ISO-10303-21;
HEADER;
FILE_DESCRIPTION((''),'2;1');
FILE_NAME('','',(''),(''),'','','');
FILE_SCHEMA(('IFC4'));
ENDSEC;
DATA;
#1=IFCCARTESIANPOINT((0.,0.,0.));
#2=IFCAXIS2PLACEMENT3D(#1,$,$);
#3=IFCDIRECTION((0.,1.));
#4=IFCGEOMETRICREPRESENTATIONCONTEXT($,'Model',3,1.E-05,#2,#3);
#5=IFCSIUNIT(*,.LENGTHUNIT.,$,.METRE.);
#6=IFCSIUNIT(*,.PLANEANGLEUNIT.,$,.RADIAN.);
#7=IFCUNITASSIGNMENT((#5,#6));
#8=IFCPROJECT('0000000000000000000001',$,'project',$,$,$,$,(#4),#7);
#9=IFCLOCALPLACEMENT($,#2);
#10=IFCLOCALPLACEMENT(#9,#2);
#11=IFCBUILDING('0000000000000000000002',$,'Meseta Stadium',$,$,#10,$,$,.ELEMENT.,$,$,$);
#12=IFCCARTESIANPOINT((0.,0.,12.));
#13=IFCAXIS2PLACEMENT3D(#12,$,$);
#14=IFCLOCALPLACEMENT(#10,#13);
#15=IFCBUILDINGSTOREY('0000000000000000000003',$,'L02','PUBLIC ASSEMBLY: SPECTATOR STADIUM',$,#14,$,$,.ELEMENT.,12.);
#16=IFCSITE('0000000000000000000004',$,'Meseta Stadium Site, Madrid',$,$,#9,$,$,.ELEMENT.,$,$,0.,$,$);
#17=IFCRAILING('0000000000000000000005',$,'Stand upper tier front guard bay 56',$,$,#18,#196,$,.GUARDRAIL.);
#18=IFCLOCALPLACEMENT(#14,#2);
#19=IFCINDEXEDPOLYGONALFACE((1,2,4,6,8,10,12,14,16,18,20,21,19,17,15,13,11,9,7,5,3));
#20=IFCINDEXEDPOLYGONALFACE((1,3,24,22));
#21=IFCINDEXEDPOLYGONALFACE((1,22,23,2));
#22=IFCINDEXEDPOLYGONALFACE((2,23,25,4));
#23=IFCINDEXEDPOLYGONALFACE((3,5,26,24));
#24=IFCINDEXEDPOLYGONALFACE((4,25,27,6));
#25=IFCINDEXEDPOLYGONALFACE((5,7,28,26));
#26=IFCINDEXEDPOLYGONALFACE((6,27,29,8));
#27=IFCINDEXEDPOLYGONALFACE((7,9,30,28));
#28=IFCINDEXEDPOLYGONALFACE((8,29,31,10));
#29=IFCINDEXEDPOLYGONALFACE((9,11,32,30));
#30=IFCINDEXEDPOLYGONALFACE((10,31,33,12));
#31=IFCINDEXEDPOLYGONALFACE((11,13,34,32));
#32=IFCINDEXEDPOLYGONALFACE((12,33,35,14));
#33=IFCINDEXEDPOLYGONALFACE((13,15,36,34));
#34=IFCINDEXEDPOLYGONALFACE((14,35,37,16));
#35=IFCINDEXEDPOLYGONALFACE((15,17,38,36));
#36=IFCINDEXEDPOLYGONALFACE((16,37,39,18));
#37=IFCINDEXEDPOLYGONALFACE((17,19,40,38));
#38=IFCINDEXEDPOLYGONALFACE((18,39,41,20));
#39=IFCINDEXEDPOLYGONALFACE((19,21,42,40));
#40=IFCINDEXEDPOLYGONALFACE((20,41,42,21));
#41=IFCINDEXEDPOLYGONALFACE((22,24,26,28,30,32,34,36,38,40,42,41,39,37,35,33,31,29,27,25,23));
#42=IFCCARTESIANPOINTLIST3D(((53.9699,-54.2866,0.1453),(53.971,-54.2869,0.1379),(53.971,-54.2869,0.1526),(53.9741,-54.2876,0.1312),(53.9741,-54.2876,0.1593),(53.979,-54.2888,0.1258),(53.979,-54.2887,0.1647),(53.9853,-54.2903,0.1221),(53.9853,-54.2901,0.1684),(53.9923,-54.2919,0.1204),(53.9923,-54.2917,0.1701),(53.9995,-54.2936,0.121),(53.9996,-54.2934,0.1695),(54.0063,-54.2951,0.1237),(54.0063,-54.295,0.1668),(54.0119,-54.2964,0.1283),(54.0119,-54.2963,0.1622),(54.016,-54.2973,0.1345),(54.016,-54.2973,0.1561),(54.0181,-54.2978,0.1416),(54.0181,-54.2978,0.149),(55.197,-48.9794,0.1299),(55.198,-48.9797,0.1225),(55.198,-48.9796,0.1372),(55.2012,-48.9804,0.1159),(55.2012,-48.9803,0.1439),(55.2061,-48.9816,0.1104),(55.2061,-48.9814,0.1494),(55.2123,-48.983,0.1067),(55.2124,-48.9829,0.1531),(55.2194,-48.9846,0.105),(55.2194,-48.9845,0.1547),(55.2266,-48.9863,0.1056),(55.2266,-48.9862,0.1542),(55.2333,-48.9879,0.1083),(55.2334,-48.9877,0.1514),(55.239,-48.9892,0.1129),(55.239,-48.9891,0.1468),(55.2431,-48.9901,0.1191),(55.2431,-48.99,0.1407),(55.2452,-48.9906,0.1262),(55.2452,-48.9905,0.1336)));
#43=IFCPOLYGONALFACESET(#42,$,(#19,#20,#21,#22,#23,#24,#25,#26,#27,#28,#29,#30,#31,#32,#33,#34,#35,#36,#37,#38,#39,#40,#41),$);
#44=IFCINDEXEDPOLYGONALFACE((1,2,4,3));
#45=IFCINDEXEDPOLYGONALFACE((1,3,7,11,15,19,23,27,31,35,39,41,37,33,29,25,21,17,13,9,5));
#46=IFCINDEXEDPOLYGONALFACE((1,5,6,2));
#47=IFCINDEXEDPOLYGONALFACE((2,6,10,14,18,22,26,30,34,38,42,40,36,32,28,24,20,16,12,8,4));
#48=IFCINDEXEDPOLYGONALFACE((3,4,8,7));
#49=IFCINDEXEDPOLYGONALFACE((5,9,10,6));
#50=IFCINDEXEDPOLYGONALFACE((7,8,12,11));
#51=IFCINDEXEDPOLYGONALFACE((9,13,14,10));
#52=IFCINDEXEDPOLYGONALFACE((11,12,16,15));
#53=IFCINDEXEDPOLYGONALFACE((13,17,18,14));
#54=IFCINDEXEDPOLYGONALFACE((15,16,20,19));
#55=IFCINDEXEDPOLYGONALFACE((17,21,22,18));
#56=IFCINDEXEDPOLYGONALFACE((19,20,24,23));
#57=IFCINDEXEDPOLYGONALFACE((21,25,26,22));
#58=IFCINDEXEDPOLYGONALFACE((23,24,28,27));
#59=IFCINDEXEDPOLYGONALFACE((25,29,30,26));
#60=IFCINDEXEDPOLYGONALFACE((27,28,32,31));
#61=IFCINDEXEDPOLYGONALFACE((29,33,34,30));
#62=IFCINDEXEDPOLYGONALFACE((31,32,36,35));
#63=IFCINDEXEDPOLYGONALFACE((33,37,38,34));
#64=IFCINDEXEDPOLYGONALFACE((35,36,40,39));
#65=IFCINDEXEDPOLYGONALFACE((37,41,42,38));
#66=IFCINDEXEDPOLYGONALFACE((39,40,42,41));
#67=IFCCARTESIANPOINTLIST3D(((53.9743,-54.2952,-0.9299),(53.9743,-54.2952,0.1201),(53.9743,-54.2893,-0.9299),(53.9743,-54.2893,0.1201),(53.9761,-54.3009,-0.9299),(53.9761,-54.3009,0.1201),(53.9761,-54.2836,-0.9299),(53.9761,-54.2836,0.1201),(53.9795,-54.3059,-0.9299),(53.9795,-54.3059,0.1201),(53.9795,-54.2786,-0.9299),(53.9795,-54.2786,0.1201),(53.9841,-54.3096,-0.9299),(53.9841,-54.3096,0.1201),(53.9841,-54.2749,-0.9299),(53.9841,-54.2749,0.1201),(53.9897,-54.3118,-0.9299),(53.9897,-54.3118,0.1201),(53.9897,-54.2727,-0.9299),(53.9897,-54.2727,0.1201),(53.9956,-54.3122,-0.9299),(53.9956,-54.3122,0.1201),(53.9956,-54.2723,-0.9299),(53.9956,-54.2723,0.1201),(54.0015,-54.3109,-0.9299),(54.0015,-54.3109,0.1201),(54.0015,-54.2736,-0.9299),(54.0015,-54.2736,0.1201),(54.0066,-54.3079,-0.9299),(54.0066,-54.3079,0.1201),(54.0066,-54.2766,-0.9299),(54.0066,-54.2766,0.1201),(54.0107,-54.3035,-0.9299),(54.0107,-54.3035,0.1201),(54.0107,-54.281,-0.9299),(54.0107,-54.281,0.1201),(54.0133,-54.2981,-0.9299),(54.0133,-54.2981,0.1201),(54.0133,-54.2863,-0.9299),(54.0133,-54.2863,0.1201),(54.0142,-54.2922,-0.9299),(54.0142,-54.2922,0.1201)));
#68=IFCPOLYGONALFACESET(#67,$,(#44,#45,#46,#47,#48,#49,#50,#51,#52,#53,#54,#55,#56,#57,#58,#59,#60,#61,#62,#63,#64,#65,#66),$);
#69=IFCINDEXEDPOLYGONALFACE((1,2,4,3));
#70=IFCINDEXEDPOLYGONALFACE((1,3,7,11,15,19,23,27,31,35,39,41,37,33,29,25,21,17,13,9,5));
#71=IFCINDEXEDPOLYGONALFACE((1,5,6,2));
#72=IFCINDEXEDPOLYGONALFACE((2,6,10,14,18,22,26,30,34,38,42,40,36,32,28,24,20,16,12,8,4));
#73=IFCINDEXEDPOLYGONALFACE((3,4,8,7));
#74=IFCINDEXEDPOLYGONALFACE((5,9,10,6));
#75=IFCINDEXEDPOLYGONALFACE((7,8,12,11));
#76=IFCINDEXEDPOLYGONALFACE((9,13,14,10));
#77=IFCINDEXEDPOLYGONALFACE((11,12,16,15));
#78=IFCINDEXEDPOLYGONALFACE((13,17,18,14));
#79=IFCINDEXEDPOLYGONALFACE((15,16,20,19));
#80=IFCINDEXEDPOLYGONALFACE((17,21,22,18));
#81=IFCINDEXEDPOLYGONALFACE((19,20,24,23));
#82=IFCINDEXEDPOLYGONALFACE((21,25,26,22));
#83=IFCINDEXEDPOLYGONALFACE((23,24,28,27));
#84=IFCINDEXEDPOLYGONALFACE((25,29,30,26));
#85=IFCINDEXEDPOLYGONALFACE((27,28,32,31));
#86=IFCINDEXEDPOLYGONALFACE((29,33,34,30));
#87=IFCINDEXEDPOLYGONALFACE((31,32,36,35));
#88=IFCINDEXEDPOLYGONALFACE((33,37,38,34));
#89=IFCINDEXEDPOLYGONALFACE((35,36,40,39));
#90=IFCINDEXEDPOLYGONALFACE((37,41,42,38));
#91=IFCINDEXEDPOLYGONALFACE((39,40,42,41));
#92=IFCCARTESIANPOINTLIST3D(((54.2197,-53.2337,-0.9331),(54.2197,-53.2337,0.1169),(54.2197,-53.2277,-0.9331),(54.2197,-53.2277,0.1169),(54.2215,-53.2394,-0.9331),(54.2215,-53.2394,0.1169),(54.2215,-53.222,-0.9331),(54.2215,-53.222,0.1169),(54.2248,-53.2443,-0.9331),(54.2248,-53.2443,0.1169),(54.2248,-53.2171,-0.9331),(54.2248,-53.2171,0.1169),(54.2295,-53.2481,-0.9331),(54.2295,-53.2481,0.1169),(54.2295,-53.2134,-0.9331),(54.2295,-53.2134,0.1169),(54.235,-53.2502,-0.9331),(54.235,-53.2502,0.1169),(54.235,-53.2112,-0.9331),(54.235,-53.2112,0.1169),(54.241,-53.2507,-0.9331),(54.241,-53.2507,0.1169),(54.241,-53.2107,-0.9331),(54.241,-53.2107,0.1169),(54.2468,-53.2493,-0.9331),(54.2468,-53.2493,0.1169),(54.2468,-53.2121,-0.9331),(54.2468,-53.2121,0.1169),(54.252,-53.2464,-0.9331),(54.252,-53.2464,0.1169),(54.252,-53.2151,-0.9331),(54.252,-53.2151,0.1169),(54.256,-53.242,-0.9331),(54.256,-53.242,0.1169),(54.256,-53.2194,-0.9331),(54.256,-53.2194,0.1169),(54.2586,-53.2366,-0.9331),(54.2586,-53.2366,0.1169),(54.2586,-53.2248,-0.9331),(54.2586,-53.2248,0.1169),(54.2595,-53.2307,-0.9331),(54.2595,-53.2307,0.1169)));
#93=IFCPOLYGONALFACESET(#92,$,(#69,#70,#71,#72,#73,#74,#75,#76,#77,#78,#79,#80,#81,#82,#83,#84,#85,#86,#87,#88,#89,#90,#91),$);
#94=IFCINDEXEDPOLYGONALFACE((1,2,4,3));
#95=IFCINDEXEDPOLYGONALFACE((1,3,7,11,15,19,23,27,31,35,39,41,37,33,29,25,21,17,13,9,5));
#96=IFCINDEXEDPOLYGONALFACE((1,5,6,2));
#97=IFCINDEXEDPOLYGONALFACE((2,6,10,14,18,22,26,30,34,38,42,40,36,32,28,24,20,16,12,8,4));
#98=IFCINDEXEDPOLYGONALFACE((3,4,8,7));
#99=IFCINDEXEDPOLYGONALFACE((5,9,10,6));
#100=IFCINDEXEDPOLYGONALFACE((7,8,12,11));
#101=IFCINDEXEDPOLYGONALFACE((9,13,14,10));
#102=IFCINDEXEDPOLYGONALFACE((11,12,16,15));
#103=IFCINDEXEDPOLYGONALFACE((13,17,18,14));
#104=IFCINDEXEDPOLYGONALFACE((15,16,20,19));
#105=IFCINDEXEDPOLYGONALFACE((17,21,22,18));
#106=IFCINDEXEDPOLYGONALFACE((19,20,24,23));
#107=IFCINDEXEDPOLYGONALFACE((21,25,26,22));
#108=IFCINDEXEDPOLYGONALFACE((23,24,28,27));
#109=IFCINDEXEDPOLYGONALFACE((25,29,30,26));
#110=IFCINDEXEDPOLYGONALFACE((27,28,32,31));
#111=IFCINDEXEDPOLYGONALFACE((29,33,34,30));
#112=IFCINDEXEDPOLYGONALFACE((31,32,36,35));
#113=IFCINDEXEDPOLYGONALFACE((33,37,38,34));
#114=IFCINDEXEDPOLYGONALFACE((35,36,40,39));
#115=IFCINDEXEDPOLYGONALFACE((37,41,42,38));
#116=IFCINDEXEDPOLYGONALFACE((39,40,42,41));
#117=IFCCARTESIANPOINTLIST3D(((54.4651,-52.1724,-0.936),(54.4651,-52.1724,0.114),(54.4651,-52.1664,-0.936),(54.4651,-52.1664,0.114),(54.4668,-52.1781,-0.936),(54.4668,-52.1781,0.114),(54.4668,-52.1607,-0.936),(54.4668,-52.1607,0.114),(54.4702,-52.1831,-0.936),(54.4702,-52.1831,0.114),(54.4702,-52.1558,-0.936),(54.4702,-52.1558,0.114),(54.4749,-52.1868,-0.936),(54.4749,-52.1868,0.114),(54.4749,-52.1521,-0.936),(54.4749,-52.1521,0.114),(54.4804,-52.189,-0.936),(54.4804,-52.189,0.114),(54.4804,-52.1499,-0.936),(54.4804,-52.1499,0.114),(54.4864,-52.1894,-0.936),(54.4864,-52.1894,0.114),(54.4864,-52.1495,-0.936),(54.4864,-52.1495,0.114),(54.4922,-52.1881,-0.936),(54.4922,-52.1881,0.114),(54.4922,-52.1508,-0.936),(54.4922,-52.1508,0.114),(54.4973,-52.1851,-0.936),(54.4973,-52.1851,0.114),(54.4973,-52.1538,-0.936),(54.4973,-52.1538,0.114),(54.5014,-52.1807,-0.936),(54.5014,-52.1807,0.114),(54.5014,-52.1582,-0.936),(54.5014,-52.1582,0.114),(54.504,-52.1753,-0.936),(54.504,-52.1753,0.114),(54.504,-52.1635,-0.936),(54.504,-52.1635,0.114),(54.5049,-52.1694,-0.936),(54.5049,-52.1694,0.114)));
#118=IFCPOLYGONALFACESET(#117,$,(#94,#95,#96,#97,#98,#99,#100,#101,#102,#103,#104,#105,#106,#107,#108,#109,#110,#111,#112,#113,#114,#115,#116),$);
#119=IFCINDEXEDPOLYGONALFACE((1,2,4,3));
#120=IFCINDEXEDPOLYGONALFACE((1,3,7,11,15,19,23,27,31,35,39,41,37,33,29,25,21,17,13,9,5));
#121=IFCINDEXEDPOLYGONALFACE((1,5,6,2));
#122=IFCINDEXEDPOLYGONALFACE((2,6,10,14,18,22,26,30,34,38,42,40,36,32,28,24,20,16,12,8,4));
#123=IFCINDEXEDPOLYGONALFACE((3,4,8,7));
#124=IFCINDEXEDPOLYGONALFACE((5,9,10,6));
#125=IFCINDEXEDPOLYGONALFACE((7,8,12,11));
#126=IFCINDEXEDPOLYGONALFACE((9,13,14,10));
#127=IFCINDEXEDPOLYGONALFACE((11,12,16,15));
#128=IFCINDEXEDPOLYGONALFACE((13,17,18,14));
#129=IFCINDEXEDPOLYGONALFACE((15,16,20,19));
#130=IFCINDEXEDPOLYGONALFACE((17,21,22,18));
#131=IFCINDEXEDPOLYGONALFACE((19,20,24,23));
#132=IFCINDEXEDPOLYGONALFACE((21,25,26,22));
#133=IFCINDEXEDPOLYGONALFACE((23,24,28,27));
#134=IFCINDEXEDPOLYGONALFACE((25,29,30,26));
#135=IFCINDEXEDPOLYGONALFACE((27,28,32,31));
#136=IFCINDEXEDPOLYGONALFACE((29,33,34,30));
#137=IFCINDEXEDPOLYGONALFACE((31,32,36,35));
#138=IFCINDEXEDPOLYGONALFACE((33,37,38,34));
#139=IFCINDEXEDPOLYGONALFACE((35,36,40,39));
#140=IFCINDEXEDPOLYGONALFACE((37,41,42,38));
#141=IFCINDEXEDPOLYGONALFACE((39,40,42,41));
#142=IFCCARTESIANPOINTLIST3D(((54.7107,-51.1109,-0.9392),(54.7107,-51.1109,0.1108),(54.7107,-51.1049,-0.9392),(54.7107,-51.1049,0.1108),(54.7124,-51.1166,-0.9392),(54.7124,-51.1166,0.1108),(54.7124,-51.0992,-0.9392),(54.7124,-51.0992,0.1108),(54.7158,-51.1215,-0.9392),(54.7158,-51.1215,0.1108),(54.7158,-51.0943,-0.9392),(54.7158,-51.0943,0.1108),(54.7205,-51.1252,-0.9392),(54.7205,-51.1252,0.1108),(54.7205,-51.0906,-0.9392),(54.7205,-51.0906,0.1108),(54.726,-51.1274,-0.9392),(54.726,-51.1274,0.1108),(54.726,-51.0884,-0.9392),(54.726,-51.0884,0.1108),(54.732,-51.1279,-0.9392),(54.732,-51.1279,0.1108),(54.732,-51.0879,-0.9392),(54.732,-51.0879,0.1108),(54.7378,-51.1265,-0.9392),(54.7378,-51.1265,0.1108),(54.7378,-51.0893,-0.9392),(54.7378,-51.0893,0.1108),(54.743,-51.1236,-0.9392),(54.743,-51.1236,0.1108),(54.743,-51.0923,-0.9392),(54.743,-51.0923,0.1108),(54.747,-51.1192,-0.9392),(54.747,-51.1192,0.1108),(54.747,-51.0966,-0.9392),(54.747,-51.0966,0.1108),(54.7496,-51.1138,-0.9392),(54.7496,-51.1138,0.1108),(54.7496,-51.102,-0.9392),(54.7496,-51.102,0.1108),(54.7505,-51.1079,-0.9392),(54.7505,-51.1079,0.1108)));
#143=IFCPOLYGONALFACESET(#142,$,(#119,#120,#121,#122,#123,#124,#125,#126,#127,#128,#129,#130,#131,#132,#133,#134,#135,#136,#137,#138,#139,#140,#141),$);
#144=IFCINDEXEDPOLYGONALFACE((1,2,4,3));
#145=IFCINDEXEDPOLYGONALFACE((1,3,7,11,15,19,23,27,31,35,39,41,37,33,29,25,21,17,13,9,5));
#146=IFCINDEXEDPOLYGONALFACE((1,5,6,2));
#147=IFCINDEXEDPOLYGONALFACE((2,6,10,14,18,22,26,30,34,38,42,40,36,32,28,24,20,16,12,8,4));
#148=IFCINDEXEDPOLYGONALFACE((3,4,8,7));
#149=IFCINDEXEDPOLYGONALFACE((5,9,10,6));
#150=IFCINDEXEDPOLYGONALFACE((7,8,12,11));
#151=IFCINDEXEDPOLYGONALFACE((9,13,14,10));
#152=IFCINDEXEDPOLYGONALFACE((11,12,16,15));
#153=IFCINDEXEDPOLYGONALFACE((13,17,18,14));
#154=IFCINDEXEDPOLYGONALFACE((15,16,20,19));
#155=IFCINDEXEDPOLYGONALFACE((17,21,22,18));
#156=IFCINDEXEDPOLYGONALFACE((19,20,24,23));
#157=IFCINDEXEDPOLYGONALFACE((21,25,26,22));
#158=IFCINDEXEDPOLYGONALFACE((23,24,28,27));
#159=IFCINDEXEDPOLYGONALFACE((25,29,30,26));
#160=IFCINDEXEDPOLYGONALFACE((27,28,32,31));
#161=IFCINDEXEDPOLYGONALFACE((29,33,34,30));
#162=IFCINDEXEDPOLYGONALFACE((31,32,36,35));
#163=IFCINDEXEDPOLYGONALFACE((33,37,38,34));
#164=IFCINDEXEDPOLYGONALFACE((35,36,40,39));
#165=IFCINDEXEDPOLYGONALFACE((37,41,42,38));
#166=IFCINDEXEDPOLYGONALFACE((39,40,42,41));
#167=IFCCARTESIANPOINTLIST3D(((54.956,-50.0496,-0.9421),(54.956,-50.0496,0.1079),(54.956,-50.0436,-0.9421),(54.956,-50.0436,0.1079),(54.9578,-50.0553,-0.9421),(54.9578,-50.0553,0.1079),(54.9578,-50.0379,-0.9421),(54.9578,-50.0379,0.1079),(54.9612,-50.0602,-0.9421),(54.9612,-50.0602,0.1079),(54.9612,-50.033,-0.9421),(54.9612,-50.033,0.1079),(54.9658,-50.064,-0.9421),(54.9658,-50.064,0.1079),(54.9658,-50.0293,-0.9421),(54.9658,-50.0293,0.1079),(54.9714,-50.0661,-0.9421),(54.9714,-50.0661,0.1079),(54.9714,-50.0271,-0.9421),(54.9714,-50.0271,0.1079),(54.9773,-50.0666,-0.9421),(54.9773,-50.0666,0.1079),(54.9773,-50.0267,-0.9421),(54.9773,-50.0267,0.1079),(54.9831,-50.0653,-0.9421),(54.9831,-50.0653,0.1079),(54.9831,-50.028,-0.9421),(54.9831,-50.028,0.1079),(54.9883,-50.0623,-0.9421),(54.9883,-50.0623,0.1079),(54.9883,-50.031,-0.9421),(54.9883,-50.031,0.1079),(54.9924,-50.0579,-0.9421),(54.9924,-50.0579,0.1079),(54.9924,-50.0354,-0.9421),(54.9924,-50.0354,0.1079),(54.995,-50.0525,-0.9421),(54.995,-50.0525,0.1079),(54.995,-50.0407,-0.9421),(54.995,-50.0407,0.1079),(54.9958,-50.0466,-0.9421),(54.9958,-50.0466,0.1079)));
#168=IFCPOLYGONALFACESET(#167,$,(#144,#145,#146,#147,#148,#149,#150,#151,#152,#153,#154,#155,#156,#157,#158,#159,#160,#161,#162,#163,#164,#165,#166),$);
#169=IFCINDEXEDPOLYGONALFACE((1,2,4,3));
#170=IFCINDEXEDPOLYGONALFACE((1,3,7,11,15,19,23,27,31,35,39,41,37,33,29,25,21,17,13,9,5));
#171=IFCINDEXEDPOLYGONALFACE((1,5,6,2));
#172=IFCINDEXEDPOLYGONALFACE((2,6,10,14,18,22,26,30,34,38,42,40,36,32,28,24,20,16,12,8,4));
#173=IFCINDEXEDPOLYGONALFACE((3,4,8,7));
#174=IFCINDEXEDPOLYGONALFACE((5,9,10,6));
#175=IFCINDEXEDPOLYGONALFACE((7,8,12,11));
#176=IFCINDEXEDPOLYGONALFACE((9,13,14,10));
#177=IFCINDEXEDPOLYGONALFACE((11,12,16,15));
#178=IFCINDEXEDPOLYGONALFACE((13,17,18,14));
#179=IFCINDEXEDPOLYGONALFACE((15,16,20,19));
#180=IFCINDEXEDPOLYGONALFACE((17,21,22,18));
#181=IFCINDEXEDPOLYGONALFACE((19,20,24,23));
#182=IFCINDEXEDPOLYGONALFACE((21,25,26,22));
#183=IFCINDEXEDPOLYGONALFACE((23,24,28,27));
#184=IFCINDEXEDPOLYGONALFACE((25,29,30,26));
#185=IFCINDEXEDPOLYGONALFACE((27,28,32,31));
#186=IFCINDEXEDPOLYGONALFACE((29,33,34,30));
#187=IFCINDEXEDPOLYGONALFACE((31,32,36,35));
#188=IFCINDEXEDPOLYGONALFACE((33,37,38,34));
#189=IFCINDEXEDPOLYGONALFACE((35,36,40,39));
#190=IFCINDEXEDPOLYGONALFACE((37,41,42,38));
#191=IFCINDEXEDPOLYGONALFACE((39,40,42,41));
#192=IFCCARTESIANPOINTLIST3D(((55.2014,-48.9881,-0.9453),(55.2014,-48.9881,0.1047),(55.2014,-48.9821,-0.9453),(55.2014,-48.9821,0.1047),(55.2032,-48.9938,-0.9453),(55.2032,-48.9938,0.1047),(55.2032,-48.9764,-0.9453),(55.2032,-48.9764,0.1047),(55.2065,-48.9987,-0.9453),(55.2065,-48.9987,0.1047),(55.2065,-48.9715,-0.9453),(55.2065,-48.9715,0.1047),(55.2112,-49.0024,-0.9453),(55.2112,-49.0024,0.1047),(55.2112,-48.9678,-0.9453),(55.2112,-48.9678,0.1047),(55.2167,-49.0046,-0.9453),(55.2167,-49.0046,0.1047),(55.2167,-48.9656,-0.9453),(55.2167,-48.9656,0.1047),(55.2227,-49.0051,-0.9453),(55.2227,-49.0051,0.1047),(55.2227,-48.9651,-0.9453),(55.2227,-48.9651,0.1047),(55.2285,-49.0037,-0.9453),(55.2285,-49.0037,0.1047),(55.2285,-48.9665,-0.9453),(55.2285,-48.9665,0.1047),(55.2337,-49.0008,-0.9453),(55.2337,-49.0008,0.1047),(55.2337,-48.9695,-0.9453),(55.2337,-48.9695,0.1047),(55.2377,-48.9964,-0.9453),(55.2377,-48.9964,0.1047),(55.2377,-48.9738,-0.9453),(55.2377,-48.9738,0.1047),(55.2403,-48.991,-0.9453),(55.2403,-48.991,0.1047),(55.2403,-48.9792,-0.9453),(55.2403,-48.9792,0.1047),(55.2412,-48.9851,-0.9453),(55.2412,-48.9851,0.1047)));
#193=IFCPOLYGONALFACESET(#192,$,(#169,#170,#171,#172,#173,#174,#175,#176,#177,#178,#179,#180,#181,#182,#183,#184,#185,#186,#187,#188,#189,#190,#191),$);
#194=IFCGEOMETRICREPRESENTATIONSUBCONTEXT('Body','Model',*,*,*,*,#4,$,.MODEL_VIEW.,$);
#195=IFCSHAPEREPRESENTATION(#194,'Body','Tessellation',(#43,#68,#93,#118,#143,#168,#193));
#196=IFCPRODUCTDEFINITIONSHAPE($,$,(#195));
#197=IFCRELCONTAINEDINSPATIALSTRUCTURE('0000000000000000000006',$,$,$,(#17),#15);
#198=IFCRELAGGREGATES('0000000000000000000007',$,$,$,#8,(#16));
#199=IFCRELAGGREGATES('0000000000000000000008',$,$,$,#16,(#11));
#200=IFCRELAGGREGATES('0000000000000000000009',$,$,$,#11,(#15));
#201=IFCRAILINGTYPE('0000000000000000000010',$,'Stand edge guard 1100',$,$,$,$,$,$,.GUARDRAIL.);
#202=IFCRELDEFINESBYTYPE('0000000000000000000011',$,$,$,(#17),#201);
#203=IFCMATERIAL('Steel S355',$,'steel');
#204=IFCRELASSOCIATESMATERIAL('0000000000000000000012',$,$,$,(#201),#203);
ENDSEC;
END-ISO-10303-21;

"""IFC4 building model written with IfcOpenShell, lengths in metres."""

from ifc_helpers import new_model, si_unit, direction, frame, origin, origin_2d, place, context, subcontext, project, spatial, circle, extrude, material, type_object, element, save


model = new_model("IFC4")

# Units and contexts
model_context = context("Model", 3, precision=1e-05, world=origin(), true_north=direction((0.0, 1.0)))
body_context = subcontext(model_context, "Body", "Model", "MODEL_VIEW")
ifc_project = project(units=[si_unit("LENGTHUNIT", "METRE"), si_unit("PLANEANGLEUNIT", "RADIAN")], contexts=[model_context])

# Site, building, storey
site_placement = place(None, origin())
site = spatial("IfcSite", under=ifc_project, at=site_placement, Name="Meseta Stadium Site, Madrid", CompositionType="ELEMENT", RefElevation=0.0)
building_placement = place(site_placement, origin())
building = spatial("IfcBuilding", under=site, at=building_placement, Name="Meseta Stadium", CompositionType="ELEMENT")
storey_placement = place(building_placement, frame((0.0, 0.0, 12.0)))
storey = spatial("IfcBuildingStorey", under=building, at=storey_placement, Name="L02", Description="PUBLIC ASSEMBLY: SPECTATOR STADIUM", CompositionType="ELEMENT", Elevation=12.0)

# Railing
ifc_material_1 = material(Name="Steel S355", Category="steel")
railing_type = type_object("IfcRailingType", Name="Stand edge guard 1100", PredefinedType="GUARDRAIL", material=ifc_material_1)
railing_1_placement = place(storey_placement, frame((53.9941, -54.2922, -0.9299)))
element("IfcRailing", 1, at=railing_1_placement, inside=storey, type_object=railing_type, Name="Stand upper tier front guard bay 56", PredefinedType="GUARDRAIL", context=body_context, shape_type="SweptSolid", body=[
    extrude(circle(Radius=0.0249, at=origin_2d()), frame((0.0, 0.0, 1.0752), z_axis=(0.225264, 0.974294, -0.002824), x_axis=(-0.974297, 0.225265, 0.0)), (0.0, 0.0, 1.0), 5.4473),
    extrude(circle(Radius=0.02, at=origin_2d()), origin(), (0.0, 0.0, 1.0), 1.05),
    extrude(circle(Radius=0.02, at=origin_2d()), frame((0.2454, 1.0615, -0.0032)), (0.0, 0.0, 1.0), 1.05),
    extrude(circle(Radius=0.02, at=origin_2d()), frame((0.4907, 2.1228, -0.0061)), (0.0, 0.0, 1.0), 1.05),
    extrude(circle(Radius=0.02, at=origin_2d()), frame((0.7363, 3.1843, -0.0093)), (0.0, 0.0, 1.0), 1.05),
    extrude(circle(Radius=0.02, at=origin_2d()), frame((0.9817, 4.2456, -0.0122)), (0.0, 0.0, 1.0), 1.05),
    extrude(circle(Radius=0.02, at=origin_2d()), frame((1.2271, 5.3071, -0.0154)), (0.0, 0.0, 1.0), 1.05),
])

save(model, "model.ifc")
